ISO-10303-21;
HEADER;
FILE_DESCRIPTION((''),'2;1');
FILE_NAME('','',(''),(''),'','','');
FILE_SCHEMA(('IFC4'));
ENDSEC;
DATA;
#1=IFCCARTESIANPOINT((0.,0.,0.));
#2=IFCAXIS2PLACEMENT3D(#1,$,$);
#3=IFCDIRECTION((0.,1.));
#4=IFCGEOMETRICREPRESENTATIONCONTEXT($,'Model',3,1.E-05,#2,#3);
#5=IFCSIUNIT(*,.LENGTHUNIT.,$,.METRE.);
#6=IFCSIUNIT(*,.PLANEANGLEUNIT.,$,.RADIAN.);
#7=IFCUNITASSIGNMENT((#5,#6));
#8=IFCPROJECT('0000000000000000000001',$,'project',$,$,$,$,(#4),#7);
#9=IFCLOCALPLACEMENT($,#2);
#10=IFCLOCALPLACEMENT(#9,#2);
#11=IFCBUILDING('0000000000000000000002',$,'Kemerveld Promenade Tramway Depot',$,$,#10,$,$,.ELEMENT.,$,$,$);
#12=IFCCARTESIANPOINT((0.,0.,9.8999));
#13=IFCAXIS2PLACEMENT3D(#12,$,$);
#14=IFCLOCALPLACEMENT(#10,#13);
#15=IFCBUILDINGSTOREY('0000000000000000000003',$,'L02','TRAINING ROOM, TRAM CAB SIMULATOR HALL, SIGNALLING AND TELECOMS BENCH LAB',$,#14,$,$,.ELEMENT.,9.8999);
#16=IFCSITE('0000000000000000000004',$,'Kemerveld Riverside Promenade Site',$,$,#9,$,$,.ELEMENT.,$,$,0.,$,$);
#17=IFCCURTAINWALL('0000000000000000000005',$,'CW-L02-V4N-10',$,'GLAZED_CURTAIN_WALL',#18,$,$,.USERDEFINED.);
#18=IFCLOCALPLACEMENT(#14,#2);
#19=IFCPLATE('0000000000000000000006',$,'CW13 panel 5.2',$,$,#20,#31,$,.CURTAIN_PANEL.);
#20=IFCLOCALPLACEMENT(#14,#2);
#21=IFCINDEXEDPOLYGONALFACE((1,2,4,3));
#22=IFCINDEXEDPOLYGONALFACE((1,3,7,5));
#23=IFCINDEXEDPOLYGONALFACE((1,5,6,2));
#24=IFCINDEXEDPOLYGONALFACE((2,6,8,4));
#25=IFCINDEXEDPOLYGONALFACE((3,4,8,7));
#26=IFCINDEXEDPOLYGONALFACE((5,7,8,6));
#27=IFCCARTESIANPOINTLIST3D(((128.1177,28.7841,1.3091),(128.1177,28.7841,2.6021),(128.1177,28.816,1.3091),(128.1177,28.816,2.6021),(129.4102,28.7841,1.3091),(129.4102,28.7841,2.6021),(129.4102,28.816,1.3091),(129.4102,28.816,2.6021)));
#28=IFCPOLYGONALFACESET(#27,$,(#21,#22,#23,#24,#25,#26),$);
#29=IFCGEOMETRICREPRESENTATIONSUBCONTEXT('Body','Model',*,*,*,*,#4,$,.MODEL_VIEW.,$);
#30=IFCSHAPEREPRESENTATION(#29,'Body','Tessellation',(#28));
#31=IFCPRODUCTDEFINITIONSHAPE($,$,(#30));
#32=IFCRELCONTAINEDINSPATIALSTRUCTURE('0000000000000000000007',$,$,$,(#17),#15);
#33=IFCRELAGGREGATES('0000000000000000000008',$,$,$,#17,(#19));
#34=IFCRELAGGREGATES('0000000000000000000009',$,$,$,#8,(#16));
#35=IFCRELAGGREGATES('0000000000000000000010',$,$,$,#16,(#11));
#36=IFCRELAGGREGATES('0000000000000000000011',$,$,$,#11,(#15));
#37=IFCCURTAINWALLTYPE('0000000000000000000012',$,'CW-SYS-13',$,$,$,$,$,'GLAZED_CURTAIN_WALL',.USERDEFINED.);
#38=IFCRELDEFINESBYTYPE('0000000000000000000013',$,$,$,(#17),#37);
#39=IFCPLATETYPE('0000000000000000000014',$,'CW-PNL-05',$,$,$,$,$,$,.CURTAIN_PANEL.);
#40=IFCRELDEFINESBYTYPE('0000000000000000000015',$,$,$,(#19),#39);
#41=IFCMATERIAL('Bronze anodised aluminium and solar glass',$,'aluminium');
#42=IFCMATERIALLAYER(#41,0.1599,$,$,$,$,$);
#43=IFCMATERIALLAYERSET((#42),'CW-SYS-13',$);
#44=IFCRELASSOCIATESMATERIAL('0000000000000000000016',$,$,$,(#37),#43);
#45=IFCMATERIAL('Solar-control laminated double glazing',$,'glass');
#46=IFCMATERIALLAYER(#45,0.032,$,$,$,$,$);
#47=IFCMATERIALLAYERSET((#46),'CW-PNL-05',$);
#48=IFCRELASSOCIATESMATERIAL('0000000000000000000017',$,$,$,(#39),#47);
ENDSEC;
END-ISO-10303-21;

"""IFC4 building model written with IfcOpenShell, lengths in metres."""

from ifc_helpers import new_model, si_unit, direction, frame, origin, origin_2d, place, context, subcontext, project, spatial, rectangle, extrude, material, layer, layer_set, type_object, element, aggregate, save


model = new_model("IFC4")

# Units and contexts
model_context = context("Model", 3, precision=1e-05, world=origin(), true_north=direction((0.0, 1.0)))
body_context = subcontext(model_context, "Body", "Model", "MODEL_VIEW")
ifc_project = project(units=[si_unit("LENGTHUNIT", "METRE"), si_unit("PLANEANGLEUNIT", "RADIAN")], contexts=[model_context])

# Site, building, storey
site_placement = place(None, origin())
site = spatial("IfcSite", under=ifc_project, at=site_placement, Name="Kemerveld Riverside Promenade Site", CompositionType="ELEMENT", RefElevation=0.0)
building_placement = place(site_placement, origin())
building = spatial("IfcBuilding", under=site, at=building_placement, Name="Kemerveld Promenade Tramway Depot", CompositionType="ELEMENT")
storey_placement = place(building_placement, frame((0.0, 0.0, 9.8999)))
storey = spatial("IfcBuildingStorey", under=building, at=storey_placement, Name="L02", Description="TRAINING ROOM, TRAM CAB SIMULATOR HALL, SIGNALLING AND TELECOMS BENCH LAB", CompositionType="ELEMENT", Elevation=9.8999)

# Curtain wall, plate
ifc_material_1 = material(Name="Bronze anodised aluminium and solar glass", Category="aluminium")
ifc_layer_1 = layer(ifc_material_1, 0.1599)
ifc_layer_set_1 = layer_set([ifc_layer_1], Name="CW-SYS-13")
curtain_wall_type = type_object("IfcCurtainWallType", Name="CW-SYS-13", ElementType="GLAZED_CURTAIN_WALL", PredefinedType="USERDEFINED", material=ifc_layer_set_1)
curtain_wall_placement = place(storey_placement, origin())
curtain_wall = element("IfcCurtainWall", 1, at=curtain_wall_placement, inside=storey, type_object=curtain_wall_type, Name="CW-L02-V4N-10", ObjectType="GLAZED_CURTAIN_WALL", PredefinedType="USERDEFINED")
ifc_material_2 = material(Name="Solar-control laminated double glazing", Category="glass")
ifc_layer_2 = layer(ifc_material_2, 0.032)
ifc_layer_set_2 = layer_set([ifc_layer_2], Name="CW-PNL-05")
plate_type = type_object("IfcPlateType", Name="CW-PNL-05", PredefinedType="CURTAIN_PANEL", material=ifc_layer_set_2)
plate_1_placement = place(storey_placement, frame((128.7639, 28.8, 1.3091), z_axis=(0.0, 0.0, 1.0), x_axis=(1.0, 0.0, 0.0)))
plate_1 = element("IfcPlate", 2, at=plate_1_placement, type_object=plate_type, Name="CW13 panel 5.2", PredefinedType="CURTAIN_PANEL", context=body_context, shape_type="SweptSolid", body=[
    extrude(rectangle(XDim=1.2925, YDim=0.032, at=origin_2d()), origin(), (0.0, 0.0, 1.0), 1.293),
])
aggregate(curtain_wall, [plate_1])

save(model, "model.ifc")
